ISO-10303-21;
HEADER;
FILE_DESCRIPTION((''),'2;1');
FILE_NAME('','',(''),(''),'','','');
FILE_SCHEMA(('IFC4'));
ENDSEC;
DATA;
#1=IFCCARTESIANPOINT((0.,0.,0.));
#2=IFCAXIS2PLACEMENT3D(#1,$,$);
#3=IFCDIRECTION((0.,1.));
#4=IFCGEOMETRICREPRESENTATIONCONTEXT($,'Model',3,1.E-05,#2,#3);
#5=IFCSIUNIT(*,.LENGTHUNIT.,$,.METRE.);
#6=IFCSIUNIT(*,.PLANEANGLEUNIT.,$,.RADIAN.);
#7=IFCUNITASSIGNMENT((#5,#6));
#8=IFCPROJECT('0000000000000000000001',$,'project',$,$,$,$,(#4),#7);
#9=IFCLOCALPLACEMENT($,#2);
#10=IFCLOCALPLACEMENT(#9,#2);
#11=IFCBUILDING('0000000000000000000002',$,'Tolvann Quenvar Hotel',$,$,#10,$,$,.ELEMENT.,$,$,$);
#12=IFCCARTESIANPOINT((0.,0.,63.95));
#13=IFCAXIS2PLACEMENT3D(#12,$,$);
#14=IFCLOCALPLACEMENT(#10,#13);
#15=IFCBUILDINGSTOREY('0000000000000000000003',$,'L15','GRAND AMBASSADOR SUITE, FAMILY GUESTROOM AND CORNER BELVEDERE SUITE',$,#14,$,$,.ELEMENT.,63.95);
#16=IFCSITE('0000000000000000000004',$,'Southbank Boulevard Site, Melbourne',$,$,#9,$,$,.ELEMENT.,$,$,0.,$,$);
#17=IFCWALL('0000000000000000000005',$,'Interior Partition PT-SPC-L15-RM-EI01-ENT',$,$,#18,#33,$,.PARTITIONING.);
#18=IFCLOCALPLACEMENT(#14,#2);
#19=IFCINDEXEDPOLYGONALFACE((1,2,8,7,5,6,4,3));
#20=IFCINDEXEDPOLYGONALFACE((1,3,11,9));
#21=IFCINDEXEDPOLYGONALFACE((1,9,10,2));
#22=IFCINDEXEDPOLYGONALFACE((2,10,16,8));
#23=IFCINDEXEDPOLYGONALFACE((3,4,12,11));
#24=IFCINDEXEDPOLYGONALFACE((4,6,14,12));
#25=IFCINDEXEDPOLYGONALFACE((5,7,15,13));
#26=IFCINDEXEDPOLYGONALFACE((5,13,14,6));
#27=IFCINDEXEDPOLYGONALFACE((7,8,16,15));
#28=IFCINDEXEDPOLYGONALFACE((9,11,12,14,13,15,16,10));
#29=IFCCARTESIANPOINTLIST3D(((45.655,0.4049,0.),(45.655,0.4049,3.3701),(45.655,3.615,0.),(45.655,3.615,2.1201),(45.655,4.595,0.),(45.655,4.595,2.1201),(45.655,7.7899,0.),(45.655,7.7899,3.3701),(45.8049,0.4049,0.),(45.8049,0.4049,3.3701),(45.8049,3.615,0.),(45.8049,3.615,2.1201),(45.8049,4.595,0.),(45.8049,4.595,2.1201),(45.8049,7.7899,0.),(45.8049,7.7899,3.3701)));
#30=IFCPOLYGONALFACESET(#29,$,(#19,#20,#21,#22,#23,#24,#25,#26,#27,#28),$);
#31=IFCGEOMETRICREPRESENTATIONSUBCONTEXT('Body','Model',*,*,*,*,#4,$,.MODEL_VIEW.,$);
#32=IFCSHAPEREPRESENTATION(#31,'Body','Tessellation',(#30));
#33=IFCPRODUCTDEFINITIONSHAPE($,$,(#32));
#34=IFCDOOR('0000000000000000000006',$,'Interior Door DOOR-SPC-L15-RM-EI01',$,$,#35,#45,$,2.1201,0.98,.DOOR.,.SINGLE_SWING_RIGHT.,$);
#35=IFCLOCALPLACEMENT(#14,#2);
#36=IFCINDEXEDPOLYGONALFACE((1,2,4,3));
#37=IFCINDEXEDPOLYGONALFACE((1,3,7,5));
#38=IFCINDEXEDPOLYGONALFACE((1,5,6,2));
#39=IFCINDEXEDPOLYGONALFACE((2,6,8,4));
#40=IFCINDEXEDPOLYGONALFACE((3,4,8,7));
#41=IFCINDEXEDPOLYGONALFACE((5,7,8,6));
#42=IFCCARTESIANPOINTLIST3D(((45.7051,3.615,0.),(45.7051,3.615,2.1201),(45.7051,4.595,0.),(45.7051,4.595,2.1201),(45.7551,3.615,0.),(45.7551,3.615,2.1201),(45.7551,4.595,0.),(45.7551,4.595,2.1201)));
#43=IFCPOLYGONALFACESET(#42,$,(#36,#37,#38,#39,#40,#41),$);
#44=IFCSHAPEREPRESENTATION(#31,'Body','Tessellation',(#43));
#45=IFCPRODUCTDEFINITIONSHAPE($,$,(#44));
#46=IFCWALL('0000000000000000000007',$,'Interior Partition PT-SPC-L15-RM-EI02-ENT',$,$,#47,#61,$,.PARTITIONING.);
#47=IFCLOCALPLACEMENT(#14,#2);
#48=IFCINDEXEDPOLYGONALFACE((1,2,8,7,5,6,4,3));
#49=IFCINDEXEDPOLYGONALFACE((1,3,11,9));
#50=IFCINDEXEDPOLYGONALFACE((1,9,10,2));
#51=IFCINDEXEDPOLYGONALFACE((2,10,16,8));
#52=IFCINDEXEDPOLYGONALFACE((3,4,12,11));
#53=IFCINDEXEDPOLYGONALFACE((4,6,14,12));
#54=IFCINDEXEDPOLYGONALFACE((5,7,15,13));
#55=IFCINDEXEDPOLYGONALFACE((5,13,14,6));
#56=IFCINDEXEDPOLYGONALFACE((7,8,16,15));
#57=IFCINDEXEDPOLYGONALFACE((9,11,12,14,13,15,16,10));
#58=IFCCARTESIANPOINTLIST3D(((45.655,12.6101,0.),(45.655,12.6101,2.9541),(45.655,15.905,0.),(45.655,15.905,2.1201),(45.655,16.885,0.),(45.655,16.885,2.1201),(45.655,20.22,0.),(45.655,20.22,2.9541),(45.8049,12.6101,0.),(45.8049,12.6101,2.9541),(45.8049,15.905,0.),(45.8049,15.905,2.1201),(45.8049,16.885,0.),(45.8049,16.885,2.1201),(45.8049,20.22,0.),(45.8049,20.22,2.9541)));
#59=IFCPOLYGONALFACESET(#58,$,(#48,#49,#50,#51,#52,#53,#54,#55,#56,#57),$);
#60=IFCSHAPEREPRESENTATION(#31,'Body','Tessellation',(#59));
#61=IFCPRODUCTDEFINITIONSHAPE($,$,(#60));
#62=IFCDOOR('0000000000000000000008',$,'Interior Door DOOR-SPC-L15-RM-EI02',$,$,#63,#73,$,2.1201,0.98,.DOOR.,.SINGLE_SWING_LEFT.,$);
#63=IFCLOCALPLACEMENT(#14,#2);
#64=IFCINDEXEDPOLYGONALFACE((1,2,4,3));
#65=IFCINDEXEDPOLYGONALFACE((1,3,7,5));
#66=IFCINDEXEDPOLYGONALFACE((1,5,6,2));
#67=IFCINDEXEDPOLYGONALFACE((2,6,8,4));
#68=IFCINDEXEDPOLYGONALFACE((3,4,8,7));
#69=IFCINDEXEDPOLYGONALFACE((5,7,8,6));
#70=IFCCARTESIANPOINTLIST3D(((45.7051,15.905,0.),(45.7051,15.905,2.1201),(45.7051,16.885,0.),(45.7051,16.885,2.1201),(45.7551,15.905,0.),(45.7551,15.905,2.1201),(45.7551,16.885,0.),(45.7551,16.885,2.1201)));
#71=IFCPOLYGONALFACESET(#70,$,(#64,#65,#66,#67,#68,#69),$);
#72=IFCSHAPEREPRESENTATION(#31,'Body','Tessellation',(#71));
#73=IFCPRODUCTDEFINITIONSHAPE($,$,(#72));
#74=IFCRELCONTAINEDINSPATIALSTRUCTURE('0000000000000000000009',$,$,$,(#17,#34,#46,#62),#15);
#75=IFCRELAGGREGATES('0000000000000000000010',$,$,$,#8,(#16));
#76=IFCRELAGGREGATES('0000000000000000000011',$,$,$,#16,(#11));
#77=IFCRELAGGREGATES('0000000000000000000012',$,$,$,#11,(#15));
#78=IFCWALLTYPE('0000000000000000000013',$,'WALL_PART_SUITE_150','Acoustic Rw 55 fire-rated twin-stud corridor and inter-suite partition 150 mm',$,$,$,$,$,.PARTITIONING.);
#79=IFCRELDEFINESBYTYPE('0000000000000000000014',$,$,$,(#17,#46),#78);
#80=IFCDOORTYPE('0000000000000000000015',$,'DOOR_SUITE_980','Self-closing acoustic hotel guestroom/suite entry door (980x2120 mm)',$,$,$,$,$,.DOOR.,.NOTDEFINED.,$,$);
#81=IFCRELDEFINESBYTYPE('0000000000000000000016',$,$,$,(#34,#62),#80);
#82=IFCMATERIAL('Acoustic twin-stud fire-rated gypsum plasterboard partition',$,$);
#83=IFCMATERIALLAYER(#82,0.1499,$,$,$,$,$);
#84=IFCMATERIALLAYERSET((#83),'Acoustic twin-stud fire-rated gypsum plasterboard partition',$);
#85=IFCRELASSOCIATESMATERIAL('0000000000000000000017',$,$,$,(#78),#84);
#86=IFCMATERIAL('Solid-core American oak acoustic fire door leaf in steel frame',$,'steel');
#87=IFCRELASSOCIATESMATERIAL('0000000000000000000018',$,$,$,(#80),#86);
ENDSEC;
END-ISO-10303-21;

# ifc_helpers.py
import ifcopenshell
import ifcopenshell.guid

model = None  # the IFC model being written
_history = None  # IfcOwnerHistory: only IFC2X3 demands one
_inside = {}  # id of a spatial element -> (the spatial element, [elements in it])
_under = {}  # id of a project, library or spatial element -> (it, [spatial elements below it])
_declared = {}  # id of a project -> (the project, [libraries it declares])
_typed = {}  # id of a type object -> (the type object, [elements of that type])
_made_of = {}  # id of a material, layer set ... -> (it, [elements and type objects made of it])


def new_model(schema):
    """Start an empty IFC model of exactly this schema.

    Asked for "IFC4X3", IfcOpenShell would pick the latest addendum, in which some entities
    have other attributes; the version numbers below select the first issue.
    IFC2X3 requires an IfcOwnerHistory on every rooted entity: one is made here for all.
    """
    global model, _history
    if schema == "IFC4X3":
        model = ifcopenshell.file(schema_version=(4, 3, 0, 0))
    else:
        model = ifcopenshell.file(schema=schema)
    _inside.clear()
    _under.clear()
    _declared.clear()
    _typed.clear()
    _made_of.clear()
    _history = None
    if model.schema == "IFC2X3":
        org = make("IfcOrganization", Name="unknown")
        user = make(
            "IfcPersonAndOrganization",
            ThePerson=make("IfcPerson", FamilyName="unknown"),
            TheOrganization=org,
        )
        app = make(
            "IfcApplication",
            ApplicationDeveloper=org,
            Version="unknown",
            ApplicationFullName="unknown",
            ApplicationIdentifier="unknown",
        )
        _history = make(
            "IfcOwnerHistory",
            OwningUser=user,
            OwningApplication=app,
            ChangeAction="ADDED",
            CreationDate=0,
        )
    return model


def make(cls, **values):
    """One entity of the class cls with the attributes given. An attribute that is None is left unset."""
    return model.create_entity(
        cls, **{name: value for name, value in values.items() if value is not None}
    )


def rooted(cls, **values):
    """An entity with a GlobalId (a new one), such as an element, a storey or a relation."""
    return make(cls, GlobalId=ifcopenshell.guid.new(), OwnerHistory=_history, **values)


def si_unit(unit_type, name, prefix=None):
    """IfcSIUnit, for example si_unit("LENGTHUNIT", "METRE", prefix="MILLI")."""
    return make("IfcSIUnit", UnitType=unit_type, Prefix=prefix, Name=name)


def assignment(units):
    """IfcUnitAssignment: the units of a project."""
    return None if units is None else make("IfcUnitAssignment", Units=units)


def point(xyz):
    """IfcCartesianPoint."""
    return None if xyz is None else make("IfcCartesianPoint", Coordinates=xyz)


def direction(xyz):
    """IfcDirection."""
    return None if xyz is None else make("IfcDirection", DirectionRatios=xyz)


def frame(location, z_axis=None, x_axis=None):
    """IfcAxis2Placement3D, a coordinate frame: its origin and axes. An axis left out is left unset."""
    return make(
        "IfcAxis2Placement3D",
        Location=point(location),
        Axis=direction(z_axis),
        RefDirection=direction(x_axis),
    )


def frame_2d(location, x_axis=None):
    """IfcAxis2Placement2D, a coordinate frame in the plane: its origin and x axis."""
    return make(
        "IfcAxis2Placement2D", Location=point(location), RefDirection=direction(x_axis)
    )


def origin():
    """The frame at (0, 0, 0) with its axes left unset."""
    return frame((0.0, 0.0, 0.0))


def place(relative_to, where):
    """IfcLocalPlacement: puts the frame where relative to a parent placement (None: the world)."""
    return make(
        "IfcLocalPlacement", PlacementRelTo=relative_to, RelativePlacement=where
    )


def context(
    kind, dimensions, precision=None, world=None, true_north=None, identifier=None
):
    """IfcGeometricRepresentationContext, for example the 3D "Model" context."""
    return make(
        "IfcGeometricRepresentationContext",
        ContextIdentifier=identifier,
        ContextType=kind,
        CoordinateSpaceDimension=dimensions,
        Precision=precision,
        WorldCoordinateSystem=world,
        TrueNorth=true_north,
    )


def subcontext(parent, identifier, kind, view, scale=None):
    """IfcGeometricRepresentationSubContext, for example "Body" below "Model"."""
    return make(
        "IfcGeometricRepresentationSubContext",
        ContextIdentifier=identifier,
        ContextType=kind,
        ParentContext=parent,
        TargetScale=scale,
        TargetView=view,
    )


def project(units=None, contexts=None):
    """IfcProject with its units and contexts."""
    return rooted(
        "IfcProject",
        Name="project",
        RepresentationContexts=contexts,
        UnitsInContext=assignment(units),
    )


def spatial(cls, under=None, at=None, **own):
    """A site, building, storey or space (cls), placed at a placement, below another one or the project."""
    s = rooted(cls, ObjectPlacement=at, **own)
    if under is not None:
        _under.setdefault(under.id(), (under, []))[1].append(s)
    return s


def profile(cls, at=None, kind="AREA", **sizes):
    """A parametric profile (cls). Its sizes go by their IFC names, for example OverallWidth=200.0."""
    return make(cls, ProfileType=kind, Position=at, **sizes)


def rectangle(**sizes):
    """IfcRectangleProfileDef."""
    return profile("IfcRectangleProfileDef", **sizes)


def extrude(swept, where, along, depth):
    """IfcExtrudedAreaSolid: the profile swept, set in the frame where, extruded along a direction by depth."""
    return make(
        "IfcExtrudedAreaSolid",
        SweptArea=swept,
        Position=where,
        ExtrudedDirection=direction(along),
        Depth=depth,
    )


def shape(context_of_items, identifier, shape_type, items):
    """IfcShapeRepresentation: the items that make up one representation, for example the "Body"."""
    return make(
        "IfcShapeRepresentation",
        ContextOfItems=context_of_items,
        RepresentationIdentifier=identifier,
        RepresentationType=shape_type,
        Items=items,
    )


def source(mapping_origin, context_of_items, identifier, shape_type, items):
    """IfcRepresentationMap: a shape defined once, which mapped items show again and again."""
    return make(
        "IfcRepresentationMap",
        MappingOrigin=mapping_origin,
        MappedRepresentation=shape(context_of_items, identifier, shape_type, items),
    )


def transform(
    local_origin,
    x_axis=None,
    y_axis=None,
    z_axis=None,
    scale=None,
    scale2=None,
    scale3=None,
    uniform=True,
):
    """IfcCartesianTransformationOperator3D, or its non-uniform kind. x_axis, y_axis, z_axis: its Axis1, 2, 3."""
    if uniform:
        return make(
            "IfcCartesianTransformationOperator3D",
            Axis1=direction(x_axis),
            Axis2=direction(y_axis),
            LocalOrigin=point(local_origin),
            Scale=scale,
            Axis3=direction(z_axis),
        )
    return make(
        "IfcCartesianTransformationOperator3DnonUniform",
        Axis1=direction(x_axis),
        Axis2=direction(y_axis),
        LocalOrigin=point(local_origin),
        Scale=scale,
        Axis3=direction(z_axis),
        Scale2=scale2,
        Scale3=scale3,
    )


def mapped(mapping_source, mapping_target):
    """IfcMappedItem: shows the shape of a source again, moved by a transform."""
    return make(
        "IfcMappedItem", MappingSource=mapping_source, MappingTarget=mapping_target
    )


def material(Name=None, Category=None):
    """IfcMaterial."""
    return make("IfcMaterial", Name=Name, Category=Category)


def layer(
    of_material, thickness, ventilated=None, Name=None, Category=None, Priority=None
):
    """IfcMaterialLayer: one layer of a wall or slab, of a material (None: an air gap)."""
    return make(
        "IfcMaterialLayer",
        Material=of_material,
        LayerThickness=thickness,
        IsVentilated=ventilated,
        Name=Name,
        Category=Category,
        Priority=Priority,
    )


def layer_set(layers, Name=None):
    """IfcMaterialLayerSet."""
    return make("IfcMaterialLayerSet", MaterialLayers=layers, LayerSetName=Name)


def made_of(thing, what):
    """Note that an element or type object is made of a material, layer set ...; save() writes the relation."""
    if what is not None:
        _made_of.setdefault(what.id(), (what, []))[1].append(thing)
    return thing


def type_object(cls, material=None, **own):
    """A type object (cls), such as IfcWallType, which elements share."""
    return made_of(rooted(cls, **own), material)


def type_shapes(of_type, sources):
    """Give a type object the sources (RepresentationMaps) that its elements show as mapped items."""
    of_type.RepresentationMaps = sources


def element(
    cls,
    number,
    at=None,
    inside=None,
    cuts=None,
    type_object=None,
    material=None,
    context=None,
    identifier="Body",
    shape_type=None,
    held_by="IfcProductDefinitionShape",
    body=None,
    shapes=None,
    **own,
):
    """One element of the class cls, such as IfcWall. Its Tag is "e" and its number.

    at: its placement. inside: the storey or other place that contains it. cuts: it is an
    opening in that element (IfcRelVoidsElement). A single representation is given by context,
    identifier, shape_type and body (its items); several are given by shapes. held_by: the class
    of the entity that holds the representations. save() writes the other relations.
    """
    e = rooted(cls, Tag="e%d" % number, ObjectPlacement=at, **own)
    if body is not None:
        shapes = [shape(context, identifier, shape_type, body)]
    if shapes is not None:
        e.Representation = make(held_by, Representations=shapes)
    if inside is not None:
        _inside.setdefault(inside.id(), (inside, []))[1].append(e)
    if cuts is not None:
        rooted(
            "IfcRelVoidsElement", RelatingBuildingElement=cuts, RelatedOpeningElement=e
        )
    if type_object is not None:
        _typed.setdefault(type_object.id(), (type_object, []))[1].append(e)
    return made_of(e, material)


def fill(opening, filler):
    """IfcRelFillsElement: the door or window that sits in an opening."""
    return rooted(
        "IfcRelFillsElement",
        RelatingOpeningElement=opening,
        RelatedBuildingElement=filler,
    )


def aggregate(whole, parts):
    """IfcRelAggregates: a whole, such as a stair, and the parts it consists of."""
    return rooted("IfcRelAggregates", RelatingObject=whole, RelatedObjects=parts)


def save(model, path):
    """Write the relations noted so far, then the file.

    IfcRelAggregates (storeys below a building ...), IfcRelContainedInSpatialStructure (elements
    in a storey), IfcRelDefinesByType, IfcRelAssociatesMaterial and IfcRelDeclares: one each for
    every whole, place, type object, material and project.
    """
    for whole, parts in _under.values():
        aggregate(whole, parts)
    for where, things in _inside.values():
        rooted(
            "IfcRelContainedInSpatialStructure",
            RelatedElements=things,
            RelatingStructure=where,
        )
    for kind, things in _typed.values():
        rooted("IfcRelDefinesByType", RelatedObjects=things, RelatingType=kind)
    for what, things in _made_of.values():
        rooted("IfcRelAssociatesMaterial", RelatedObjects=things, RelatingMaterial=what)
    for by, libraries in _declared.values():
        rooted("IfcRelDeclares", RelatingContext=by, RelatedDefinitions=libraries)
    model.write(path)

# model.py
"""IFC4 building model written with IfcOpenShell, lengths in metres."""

from ifc_helpers import new_model, si_unit, direction, frame, frame_2d, origin, place, context, subcontext, project, spatial, rectangle, extrude, source, transform, mapped, material, layer, layer_set, type_object, type_shapes, element, fill, save


model = new_model("IFC4")

# Units and contexts
model_context = context("Model", 3, precision=1e-05, world=origin(), true_north=direction((0.0, 1.0)))
body_context = subcontext(model_context, "Body", "Model", "MODEL_VIEW")
ifc_project = project(units=[si_unit("LENGTHUNIT", "METRE"), si_unit("PLANEANGLEUNIT", "RADIAN")], contexts=[model_context])

# Site, building, storey
site_placement = place(None, origin())
site = spatial("IfcSite", under=ifc_project, at=site_placement, Name="Southbank Boulevard Site, Melbourne", CompositionType="ELEMENT", RefElevation=0.0)
building_placement = place(site_placement, origin())
building = spatial("IfcBuilding", under=site, at=building_placement, Name="Tolvann Quenvar Hotel", CompositionType="ELEMENT")
storey_placement = place(building_placement, frame((0.0, 0.0, 63.95)))
storey = spatial("IfcBuildingStorey", under=building, at=storey_placement, Name="L15", Description="GRAND AMBASSADOR SUITE, FAMILY GUESTROOM AND CORNER BELVEDERE SUITE", CompositionType="ELEMENT", Elevation=63.95)

# Shared definitions
ifc_material_1 = material(Name="Acoustic twin-stud fire-rated gypsum plasterboard partition")
ifc_layer_1 = layer(ifc_material_1, 0.1499)
ifc_layer_set_1 = layer_set([ifc_layer_1], Name="Acoustic twin-stud fire-rated gypsum plasterboard partition")
wall_type_1 = type_object("IfcWallType", Name="WALL_PART_SUITE_150", Description="Acoustic Rw 55 fire-rated twin-stud corridor and inter-suite partition 150 mm", PredefinedType="PARTITIONING", material=ifc_layer_set_1)
ifc_material_2 = material(Name="Solid-core American oak acoustic fire door leaf in steel frame", Category="steel")

# Walls, openings, doors
wall_1_placement = place(storey_placement, frame((45.73, 0.405, 0.0), z_axis=(0.0, 0.0, 1.0), x_axis=(0.0, 1.0, 0.0)))
wall_1 = element("IfcWall", 1, at=wall_1_placement, inside=storey, type_object=wall_type_1, Name="Interior Partition PT-SPC-L15-RM-EI01-ENT", PredefinedType="PARTITIONING", context=body_context, shape_type="SweptSolid", body=[
    extrude(rectangle(XDim=7.385, YDim=0.1499, at=frame_2d((3.6924, 0.0))), origin(), (0.0, 0.0, 1.0), 3.3701),
])
opening_1_placement = place(wall_1_placement, frame((3.21, 0.0, 0.0)))
opening_1 = element("IfcOpeningElement", 2, at=opening_1_placement, cuts=wall_1, PredefinedType="OPENING", context=body_context, shape_type="SweptSolid", body=[
    extrude(rectangle(XDim=0.98, YDim=2.1201, at=frame_2d((0.49, 1.0601))), frame((0.0, 0.085, 0.0), z_axis=(0.0, -1.0, 0.0), x_axis=(1.0, 0.0, 0.0)), (0.0, 0.0, 1.0), 0.1699),
])
door_type_1 = type_object("IfcDoorType", Name="DOOR_SUITE_980", Description="Self-closing acoustic hotel guestroom/suite entry door (980x2120 mm)", OperationType="NOTDEFINED", PredefinedType="DOOR", material=ifc_material_2)
shared_shape_1 = source(origin(), body_context, "Body", "SweptSolid", [
    extrude(rectangle(XDim=0.98, YDim=2.1201, at=frame_2d((0.49, 1.0601))), frame((0.0, 0.0249, 0.0), z_axis=(0.0, -1.0, 0.0), x_axis=(1.0, 0.0, 0.0)), (0.0, 0.0, 1.0), 0.05),
])
type_shapes(door_type_1, [shared_shape_1])
door_1_placement = place(opening_1_placement, origin())
door_1 = element("IfcDoor", 3, at=door_1_placement, inside=storey, type_object=door_type_1, Name="Interior Door DOOR-SPC-L15-RM-EI01", OperationType="SINGLE_SWING_RIGHT", OverallHeight=2.1201, OverallWidth=0.98, PredefinedType="DOOR", context=body_context, shape_type="MappedRepresentation", body=[
    mapped(shared_shape_1, transform((0.0, 0.0, 0.0), x_axis=(1.0, 0.0, 0.0), y_axis=(0.0, 1.0, 0.0), z_axis=(0.0, 0.0, 1.0), scale=1.0)),
])
fill(opening_1, door_1)
wall_2_placement = place(storey_placement, frame((45.73, 12.6101, 0.0), z_axis=(0.0, 0.0, 1.0), x_axis=(0.0, 1.0, 0.0)))
wall_2 = element("IfcWall", 4, at=wall_2_placement, inside=storey, type_object=wall_type_1, Name="Interior Partition PT-SPC-L15-RM-EI02-ENT", PredefinedType="PARTITIONING", context=body_context, shape_type="SweptSolid", body=[
    extrude(rectangle(XDim=7.6099, YDim=0.1499, at=frame_2d((3.8049, 0.0))), origin(), (0.0, 0.0, 1.0), 2.9541),
])
opening_2_placement = place(wall_2_placement, frame((3.2949, 0.0, 0.0)))
opening_2 = element("IfcOpeningElement", 5, at=opening_2_placement, cuts=wall_2, PredefinedType="OPENING", context=body_context, shape_type="SweptSolid", body=[
    extrude(rectangle(XDim=0.98, YDim=2.1201, at=frame_2d((0.49, 1.0601))), frame((0.0, 0.085, 0.0), z_axis=(0.0, -1.0, 0.0), x_axis=(1.0, 0.0, 0.0)), (0.0, 0.0, 1.0), 0.1699),
])
door_2_placement = place(opening_2_placement, origin())
door_2 = element("IfcDoor", 6, at=door_2_placement, inside=storey, type_object=door_type_1, Name="Interior Door DOOR-SPC-L15-RM-EI02", OperationType="SINGLE_SWING_LEFT", OverallHeight=2.1201, OverallWidth=0.98, PredefinedType="DOOR", context=body_context, shape_type="MappedRepresentation", body=[
    mapped(shared_shape_1, transform((0.0, 0.0, 0.0), x_axis=(1.0, 0.0, 0.0), y_axis=(0.0, 1.0, 0.0), z_axis=(0.0, 0.0, 1.0), scale=1.0)),
])
fill(opening_2, door_2)

save(model, "model.ifc")
